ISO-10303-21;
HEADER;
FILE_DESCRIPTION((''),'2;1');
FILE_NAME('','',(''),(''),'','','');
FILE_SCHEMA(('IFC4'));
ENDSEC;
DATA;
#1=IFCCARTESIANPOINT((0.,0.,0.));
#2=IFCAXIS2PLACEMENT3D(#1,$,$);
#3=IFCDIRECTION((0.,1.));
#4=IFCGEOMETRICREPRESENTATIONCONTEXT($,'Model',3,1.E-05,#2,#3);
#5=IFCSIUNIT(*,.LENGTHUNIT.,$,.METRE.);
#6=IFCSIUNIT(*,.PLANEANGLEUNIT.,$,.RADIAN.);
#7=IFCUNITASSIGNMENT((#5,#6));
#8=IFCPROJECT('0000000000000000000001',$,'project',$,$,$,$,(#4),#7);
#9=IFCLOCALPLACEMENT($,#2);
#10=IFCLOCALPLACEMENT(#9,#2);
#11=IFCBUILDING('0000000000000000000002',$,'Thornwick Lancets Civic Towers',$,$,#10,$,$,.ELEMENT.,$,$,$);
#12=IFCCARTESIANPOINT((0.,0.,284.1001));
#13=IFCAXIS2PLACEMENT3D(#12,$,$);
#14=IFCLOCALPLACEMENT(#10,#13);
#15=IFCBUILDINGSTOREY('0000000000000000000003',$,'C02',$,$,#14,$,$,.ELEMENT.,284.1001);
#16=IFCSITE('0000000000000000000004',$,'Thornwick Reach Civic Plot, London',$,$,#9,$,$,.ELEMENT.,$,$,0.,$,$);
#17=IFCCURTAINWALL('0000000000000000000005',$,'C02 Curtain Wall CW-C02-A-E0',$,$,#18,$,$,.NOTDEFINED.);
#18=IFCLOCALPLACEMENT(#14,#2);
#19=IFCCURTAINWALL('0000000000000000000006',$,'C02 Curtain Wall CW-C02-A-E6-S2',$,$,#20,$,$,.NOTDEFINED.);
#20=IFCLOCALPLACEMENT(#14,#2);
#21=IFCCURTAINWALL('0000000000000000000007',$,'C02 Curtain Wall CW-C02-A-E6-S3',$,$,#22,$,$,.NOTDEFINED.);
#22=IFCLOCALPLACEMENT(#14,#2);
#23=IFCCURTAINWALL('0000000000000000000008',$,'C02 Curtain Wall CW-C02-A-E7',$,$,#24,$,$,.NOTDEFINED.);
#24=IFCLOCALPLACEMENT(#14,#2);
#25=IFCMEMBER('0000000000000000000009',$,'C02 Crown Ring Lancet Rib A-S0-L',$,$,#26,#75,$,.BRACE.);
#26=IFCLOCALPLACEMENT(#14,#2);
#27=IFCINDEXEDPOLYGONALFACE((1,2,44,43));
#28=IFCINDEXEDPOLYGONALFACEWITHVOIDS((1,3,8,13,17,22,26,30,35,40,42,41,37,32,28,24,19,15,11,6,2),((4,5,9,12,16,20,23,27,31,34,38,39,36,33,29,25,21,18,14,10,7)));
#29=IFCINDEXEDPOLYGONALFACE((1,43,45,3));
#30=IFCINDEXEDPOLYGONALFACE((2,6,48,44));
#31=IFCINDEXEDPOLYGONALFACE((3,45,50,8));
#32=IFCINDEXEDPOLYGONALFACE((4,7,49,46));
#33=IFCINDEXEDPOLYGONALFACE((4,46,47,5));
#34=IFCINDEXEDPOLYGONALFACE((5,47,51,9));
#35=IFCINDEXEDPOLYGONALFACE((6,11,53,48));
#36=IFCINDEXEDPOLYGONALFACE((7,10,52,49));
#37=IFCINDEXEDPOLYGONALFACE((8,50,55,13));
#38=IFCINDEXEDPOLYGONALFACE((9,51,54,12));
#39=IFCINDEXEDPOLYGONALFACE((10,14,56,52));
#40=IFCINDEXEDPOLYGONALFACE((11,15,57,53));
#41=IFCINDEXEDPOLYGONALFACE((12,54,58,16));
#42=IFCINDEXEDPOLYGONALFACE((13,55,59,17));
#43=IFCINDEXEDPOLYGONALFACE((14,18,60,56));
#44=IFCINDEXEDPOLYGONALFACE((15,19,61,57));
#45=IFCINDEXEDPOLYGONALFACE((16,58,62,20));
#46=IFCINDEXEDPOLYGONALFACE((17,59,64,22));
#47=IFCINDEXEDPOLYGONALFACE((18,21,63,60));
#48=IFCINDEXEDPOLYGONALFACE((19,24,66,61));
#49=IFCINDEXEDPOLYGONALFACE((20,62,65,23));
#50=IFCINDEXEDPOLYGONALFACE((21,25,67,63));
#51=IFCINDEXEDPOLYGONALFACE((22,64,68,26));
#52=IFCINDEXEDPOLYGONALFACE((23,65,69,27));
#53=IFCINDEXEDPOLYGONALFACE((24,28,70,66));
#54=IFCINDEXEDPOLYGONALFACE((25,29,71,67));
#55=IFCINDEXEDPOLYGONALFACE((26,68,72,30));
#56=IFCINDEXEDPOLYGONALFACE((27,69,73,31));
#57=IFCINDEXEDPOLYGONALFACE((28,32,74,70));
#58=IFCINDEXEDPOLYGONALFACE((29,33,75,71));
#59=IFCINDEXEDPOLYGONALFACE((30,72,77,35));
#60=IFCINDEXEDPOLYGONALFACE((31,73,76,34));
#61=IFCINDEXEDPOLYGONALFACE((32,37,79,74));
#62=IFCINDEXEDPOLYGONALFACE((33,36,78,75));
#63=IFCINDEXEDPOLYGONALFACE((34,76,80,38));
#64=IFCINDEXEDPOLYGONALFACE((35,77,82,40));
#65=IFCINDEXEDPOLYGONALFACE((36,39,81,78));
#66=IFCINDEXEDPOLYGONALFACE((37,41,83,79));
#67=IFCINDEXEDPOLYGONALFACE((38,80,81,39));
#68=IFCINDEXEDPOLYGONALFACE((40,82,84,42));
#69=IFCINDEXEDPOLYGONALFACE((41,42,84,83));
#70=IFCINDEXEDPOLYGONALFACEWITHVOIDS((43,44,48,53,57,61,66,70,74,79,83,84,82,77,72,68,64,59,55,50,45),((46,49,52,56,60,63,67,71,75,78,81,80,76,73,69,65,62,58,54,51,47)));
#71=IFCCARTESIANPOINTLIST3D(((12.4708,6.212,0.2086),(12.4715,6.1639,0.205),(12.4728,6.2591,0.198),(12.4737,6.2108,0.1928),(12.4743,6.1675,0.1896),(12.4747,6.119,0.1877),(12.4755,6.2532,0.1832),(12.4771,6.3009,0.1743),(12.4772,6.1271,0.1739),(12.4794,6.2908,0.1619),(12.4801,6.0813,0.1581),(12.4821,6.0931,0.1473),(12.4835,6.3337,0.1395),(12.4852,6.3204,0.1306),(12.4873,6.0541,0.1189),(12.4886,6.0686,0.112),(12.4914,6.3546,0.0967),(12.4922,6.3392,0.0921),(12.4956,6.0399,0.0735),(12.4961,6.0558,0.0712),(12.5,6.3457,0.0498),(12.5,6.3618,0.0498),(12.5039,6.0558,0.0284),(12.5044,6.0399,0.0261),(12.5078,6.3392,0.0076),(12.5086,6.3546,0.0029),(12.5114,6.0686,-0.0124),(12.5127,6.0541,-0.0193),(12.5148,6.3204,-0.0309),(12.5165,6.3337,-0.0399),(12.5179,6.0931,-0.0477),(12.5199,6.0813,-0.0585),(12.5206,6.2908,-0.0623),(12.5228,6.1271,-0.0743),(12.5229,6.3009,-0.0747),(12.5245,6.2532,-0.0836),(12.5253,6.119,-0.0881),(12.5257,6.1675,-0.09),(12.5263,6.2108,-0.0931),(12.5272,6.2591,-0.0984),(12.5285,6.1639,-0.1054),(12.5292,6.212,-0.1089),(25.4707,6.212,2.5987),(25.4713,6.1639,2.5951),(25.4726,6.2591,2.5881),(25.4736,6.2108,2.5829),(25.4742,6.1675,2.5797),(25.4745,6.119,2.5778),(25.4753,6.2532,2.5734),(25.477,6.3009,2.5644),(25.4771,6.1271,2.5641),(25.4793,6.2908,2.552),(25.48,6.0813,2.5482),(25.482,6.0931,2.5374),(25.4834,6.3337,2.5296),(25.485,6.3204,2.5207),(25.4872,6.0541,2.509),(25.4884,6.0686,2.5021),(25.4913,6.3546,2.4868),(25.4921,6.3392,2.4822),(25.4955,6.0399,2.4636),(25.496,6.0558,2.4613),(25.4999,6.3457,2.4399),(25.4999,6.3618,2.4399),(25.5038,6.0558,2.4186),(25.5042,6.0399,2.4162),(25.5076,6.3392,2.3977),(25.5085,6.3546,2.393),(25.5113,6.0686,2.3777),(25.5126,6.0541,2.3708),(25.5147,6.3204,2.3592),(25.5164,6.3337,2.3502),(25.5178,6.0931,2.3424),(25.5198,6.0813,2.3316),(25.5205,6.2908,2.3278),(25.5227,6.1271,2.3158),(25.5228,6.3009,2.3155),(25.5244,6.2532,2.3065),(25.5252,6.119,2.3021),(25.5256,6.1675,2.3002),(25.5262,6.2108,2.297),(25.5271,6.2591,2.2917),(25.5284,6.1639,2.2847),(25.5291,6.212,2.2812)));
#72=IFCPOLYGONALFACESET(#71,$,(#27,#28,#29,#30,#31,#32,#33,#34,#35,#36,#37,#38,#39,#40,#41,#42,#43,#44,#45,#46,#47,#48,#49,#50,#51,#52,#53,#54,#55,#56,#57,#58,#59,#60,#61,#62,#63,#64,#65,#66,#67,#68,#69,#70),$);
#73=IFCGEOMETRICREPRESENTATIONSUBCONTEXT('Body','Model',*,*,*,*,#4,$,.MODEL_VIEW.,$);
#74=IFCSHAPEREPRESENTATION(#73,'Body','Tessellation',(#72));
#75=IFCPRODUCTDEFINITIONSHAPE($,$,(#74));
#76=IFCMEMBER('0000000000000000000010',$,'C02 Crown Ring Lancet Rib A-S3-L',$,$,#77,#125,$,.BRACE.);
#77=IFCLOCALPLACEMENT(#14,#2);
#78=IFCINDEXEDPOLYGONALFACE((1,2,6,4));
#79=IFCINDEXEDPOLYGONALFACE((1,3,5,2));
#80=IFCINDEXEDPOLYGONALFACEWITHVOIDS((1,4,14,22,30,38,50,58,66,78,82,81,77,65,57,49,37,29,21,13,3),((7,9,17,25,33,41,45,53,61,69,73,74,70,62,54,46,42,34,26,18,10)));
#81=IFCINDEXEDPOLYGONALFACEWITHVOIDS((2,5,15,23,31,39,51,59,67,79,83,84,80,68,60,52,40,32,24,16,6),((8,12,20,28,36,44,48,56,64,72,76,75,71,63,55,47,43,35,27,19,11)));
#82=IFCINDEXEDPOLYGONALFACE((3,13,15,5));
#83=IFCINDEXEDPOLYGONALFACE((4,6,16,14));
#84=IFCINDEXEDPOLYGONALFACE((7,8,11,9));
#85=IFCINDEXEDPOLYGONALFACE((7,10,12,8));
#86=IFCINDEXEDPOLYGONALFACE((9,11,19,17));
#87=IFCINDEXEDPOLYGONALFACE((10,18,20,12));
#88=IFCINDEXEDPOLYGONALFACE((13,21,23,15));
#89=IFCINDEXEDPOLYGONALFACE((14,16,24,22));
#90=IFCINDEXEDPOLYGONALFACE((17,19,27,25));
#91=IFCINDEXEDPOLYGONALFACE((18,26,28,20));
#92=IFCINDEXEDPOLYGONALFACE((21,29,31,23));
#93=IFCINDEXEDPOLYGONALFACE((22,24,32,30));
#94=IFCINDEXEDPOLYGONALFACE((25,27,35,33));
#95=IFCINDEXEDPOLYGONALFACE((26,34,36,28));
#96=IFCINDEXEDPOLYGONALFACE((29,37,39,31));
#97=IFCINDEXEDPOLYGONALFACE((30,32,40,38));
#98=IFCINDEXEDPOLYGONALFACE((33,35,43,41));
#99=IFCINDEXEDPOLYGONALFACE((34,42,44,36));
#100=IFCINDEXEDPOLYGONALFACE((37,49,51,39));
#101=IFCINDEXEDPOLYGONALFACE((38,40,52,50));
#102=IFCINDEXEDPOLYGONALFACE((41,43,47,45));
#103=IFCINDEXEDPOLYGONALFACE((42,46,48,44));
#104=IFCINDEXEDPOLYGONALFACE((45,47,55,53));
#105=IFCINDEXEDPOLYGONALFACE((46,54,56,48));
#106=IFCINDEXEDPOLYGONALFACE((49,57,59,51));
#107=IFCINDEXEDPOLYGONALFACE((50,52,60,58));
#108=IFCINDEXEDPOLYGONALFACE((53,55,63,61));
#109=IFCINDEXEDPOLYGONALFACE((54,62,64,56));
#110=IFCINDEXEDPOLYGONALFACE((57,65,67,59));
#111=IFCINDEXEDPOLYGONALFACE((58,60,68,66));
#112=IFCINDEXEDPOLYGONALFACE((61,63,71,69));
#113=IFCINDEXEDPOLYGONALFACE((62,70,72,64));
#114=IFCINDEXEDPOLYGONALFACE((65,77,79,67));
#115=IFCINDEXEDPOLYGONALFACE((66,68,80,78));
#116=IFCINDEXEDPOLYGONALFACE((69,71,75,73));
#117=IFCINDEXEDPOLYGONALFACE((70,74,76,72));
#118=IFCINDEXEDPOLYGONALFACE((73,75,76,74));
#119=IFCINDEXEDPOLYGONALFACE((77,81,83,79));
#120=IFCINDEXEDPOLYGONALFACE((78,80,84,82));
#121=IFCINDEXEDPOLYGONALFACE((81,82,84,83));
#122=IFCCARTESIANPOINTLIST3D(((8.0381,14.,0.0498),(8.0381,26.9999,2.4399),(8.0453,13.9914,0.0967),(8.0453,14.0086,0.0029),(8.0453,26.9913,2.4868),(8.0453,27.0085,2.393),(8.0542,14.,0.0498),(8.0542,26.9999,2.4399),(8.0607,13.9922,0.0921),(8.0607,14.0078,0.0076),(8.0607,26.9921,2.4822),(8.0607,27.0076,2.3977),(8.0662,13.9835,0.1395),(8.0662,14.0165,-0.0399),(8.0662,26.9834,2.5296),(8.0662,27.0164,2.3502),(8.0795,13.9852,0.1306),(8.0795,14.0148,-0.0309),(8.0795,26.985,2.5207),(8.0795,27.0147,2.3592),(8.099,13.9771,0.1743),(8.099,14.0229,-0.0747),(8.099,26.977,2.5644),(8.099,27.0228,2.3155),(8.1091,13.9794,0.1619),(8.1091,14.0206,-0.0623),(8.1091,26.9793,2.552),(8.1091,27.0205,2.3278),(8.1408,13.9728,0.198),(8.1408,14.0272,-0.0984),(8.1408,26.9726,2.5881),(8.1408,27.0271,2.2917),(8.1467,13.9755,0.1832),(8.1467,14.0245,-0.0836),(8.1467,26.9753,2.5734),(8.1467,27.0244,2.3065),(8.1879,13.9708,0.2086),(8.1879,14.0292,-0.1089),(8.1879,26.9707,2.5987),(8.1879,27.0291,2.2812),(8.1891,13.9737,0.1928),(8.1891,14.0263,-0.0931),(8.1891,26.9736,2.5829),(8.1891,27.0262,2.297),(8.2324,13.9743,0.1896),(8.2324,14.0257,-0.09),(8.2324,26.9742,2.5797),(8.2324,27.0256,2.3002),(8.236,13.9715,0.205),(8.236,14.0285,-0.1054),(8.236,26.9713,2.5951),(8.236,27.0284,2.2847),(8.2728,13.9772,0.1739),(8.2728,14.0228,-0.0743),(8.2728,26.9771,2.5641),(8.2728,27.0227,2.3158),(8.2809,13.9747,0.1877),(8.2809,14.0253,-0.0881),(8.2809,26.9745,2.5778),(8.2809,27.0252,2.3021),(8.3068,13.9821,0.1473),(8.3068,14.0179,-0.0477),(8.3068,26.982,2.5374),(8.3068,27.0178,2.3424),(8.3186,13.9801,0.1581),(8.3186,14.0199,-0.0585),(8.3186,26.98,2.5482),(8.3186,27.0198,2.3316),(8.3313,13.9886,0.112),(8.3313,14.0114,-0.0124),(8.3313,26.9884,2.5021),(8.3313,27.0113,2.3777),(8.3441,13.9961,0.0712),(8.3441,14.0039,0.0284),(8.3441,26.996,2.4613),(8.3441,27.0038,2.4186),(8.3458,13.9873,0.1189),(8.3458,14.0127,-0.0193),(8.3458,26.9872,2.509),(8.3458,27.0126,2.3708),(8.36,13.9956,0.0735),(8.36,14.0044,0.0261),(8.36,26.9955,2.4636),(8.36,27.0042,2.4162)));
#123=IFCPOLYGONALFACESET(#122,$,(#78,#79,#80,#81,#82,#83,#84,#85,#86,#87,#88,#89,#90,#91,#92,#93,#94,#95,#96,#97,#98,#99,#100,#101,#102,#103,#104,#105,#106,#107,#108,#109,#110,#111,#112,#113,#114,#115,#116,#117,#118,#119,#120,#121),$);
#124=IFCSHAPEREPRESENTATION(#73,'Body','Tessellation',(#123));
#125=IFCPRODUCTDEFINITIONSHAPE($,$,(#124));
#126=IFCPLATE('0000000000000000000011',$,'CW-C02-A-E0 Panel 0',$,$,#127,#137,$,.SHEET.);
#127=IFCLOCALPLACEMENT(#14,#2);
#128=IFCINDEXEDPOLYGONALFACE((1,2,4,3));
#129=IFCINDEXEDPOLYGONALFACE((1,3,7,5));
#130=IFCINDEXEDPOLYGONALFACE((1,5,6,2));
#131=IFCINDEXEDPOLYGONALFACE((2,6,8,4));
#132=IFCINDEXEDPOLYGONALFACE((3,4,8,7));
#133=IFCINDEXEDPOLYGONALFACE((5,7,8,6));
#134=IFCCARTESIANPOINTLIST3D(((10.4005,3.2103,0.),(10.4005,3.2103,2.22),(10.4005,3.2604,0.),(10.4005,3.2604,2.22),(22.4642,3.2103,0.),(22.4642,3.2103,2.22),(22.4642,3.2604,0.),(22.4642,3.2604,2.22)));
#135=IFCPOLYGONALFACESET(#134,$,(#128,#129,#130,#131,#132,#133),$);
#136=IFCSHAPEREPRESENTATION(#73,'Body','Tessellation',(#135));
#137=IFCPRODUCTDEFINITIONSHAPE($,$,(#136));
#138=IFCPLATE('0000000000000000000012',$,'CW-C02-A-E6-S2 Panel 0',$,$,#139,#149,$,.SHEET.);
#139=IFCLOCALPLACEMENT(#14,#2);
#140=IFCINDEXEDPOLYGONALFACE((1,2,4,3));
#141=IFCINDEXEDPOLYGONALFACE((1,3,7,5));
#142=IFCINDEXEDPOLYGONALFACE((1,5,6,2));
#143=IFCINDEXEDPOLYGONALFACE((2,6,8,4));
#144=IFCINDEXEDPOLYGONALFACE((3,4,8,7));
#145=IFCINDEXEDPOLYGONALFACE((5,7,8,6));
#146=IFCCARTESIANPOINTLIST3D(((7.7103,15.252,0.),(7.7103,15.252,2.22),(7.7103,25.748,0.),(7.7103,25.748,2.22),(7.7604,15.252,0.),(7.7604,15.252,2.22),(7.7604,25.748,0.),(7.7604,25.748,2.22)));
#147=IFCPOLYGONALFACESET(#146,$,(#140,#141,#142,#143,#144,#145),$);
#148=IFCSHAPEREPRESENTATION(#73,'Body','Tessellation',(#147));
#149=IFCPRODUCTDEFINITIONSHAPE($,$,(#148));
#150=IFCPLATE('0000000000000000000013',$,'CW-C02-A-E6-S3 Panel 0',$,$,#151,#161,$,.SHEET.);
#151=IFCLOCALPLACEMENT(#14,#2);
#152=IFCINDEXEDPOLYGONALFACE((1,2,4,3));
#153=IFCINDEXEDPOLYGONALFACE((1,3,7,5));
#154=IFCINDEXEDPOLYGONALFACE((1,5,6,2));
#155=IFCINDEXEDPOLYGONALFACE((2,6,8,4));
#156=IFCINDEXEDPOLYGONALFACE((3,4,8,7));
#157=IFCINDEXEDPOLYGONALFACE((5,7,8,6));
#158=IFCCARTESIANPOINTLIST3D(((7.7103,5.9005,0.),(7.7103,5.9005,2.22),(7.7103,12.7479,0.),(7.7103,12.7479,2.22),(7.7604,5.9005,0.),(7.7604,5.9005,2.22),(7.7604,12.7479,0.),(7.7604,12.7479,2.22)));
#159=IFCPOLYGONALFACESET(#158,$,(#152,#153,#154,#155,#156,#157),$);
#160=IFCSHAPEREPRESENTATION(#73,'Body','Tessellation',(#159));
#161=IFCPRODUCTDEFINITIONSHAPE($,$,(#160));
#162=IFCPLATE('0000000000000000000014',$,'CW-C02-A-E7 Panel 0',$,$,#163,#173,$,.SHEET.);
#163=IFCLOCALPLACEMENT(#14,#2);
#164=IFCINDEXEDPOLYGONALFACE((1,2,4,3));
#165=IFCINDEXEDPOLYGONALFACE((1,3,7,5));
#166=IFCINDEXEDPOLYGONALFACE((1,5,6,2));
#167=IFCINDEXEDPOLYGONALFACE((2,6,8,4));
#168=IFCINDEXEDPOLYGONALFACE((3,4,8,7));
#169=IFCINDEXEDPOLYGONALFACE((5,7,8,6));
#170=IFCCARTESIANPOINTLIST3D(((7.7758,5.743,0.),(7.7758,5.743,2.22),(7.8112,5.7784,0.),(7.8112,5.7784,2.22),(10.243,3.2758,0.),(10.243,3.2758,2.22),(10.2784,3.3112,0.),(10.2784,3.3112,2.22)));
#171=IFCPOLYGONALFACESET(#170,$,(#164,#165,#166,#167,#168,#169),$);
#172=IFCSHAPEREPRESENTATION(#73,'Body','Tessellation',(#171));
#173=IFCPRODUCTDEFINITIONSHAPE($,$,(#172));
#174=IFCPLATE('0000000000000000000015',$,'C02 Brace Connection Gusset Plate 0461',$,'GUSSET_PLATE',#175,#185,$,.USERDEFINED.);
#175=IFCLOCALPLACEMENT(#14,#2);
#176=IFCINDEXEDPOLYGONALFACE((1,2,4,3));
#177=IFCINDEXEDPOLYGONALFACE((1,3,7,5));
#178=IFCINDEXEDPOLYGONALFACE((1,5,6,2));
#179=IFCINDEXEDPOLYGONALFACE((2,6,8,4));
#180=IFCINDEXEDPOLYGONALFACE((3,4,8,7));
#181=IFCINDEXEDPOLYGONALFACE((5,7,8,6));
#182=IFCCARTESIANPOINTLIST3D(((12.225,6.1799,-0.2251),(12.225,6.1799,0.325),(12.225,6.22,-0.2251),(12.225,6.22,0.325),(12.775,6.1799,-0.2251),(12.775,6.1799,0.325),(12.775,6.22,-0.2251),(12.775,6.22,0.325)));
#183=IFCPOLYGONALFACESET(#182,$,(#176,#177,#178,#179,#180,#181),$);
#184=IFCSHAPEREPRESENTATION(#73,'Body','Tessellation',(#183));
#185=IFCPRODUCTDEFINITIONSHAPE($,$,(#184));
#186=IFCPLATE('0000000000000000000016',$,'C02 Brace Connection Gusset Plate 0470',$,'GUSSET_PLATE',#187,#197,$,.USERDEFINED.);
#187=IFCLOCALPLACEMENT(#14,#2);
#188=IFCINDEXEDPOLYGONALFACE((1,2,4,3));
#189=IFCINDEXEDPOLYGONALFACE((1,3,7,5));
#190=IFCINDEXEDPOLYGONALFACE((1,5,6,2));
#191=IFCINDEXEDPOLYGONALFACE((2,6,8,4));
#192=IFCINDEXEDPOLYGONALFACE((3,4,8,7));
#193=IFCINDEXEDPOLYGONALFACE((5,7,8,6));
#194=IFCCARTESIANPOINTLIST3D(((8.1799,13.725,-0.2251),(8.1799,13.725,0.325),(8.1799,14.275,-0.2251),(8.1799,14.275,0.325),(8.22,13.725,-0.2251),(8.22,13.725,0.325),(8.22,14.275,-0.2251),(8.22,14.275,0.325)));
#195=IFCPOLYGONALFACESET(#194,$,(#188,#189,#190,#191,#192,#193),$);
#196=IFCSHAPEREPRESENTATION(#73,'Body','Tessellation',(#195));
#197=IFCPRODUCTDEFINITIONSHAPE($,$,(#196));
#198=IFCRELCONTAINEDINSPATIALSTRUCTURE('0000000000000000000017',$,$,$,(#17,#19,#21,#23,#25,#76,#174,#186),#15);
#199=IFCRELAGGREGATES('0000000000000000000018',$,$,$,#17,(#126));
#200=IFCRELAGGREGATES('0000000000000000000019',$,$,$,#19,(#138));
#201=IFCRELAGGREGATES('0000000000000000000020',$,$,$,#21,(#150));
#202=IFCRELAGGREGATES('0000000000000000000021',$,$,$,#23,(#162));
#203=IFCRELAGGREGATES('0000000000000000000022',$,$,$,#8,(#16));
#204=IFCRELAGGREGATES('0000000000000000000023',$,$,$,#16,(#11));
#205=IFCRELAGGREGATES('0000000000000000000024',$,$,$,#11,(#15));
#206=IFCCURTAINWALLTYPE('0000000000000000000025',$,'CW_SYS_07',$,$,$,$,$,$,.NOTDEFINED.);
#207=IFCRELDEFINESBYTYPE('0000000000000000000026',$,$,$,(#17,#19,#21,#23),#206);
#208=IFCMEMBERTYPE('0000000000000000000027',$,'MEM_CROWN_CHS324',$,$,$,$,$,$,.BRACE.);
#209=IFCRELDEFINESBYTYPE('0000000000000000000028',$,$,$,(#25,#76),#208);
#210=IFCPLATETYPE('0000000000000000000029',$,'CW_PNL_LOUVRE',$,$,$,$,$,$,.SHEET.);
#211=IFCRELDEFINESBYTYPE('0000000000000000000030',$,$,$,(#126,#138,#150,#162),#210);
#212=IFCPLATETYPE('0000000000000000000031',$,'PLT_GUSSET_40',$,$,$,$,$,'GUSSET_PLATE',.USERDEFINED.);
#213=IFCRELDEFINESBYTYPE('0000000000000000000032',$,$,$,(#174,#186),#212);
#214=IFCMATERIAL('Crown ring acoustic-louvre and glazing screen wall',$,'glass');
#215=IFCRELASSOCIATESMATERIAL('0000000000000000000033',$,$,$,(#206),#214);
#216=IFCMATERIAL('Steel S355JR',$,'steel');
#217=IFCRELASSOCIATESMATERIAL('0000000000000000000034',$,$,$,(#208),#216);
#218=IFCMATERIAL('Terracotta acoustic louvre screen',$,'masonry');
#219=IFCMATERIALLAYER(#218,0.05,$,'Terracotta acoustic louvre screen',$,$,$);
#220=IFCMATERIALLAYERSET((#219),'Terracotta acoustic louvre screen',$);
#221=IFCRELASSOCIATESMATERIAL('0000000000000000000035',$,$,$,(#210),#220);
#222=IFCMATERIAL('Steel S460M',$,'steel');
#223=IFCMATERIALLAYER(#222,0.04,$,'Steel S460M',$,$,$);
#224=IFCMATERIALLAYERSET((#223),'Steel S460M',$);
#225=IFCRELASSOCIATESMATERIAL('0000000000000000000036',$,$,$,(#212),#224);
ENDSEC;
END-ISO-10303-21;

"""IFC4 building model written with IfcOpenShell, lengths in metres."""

from ifc_helpers import new_model, si_unit, direction, frame, origin, origin_2d, place, context, subcontext, project, spatial, rectangle, hollow_circle, extrude, material, layer, layer_set, material_profile, profile_set, type_object, element, aggregate, save


model = new_model("IFC4")

# Units and contexts
model_context = context("Model", 3, precision=1e-05, world=origin(), true_north=direction((0.0, 1.0)))
body_context = subcontext(model_context, "Body", "Model", "MODEL_VIEW")
ifc_project = project(units=[si_unit("LENGTHUNIT", "METRE"), si_unit("PLANEANGLEUNIT", "RADIAN")], contexts=[model_context])

# Site, building, storey
site_placement = place(None, origin())
site = spatial("IfcSite", under=ifc_project, at=site_placement, Name="Thornwick Reach Civic Plot, London", CompositionType="ELEMENT", RefElevation=0.0)
building_placement = place(site_placement, origin())
building = spatial("IfcBuilding", under=site, at=building_placement, Name="Thornwick Lancets Civic Towers", CompositionType="ELEMENT")
storey_placement = place(building_placement, frame((0.0, 0.0, 284.1001)))
storey = spatial("IfcBuildingStorey", under=building, at=storey_placement, Name="C02", CompositionType="ELEMENT", Elevation=284.1001)

# Shared definitions
ifc_material_1 = material(Name="Steel S355JR", Category="steel")

# Curtain wall
ifc_material_2 = material(Name="Crown ring acoustic-louvre and glazing screen wall", Category="glass")
curtain_wall_type = type_object("IfcCurtainWallType", Name="CW_SYS_07", PredefinedType="NOTDEFINED", material=ifc_material_2)
curtain_wall_1_placement = place(storey_placement, origin())
curtain_wall_1 = element("IfcCurtainWall", 1, at=curtain_wall_1_placement, inside=storey, type_object=curtain_wall_type, Name="C02 Curtain Wall CW-C02-A-E0", PredefinedType="NOTDEFINED")

# Curtain wall
curtain_wall_2_placement = place(storey_placement, origin())
curtain_wall_2 = element("IfcCurtainWall", 2, at=curtain_wall_2_placement, inside=storey, type_object=curtain_wall_type, Name="C02 Curtain Wall CW-C02-A-E6-S2", PredefinedType="NOTDEFINED")

# Curtain walls
curtain_wall_3_placement = place(storey_placement, origin())
curtain_wall_3 = element("IfcCurtainWall", 3, at=curtain_wall_3_placement, inside=storey, type_object=curtain_wall_type, Name="C02 Curtain Wall CW-C02-A-E6-S3", PredefinedType="NOTDEFINED")
curtain_wall_4_placement = place(storey_placement, origin())
curtain_wall_4 = element("IfcCurtainWall", 4, at=curtain_wall_4_placement, inside=storey, type_object=curtain_wall_type, Name="C02 Curtain Wall CW-C02-A-E7", PredefinedType="NOTDEFINED")

# Members
ifc_material_profile_1 = material_profile(ifc_material_1, hollow_circle(Radius=0.1619, WallThickness=0.0161, at=origin_2d()), Name="CHS 323.9x16")
ifc_profile_set_1 = profile_set([ifc_material_profile_1], Name="Steel S355JR")
member_type_1 = type_object("IfcMemberType", Name="MEM_CROWN_CHS324", PredefinedType="BRACE", material=ifc_profile_set_1)
for number, where, z_axis, x_axis, name in (
    (5, (12.5, 6.2, 0.0498), (0.983515, 0.0, 0.180826), (0.0, 1.0, 0.0), "C02 Crown Ring Lancet Rib A-S0-L"),
    (6, (8.2, 14.0, 0.0498), (0.0, 0.983515, 0.180826), (-1.0, 0.0, 0.0), "C02 Crown Ring Lancet Rib A-S3-L"),
):
    element("IfcMember", number, at=place(storey_placement, frame(where, z_axis=z_axis, x_axis=x_axis)), inside=storey, type_object=member_type_1, Name=name, PredefinedType="BRACE", context=body_context, shape_type="SweptSolid", body=[
        extrude(hollow_circle(Radius=0.1619, WallThickness=0.0161, at=origin_2d()), origin(), (0.0, 0.0, 1.0), 13.2178),
    ])

# Plates
ifc_material_3 = material(Name="Terracotta acoustic louvre screen", Category="masonry")
ifc_layer_1 = layer(ifc_material_3, 0.05, Name="Terracotta acoustic louvre screen")
ifc_layer_set_1 = layer_set([ifc_layer_1], Name="Terracotta acoustic louvre screen")
plate_type_1 = type_object("IfcPlateType", Name="CW_PNL_LOUVRE", PredefinedType="SHEET", material=ifc_layer_set_1)
plate_1_placement = place(storey_placement, frame((16.4324, 3.2354, 0.0), z_axis=(0.0, 0.0, 1.0), x_axis=(1.0, 0.0, 0.0)))
plate_1 = element("IfcPlate", 7, at=plate_1_placement, type_object=plate_type_1, Name="CW-C02-A-E0 Panel 0", PredefinedType="SHEET", context=body_context, shape_type="SweptSolid", body=[
    extrude(rectangle(XDim=12.0637, YDim=0.05, at=origin_2d()), origin(), (0.0, 0.0, 1.0), 2.22),
])
aggregate(curtain_wall_1, [plate_1])
plate_2_placement = place(storey_placement, frame((7.7354, 20.5, 0.0), z_axis=(0.0, 0.0, 1.0), x_axis=(0.0, -1.0, 0.0)))
plate_2 = element("IfcPlate", 8, at=plate_2_placement, type_object=plate_type_1, Name="CW-C02-A-E6-S2 Panel 0", PredefinedType="SHEET", context=body_context, shape_type="SweptSolid", body=[
    extrude(rectangle(XDim=10.4961, YDim=0.05, at=origin_2d()), origin(), (0.0, 0.0, 1.0), 2.22),
])
aggregate(curtain_wall_2, [plate_2])
plate_3_placement = place(storey_placement, frame((7.7354, 9.3242, 0.0), z_axis=(0.0, 0.0, 1.0), x_axis=(0.0, -1.0, 0.0)))
plate_3 = element("IfcPlate", 9, at=plate_3_placement, type_object=plate_type_1, Name="CW-C02-A-E6-S3 Panel 0", PredefinedType="SHEET", context=body_context, shape_type="SweptSolid", body=[
    extrude(rectangle(XDim=6.8474, YDim=0.05, at=origin_2d()), origin(), (0.0, 0.0, 1.0), 2.22),
])
aggregate(curtain_wall_3, [plate_3])
plate_4_placement = place(storey_placement, frame((9.0271, 4.5271, 0.0), z_axis=(0.0, 0.0, 1.0), x_axis=(0.707107, -0.707107, 0.0)))
plate_4 = element("IfcPlate", 10, at=plate_4_placement, type_object=plate_type_1, Name="CW-C02-A-E7 Panel 0", PredefinedType="SHEET", context=body_context, shape_type="SweptSolid", body=[
    extrude(rectangle(XDim=3.4893, YDim=0.05, at=origin_2d()), origin(), (0.0, 0.0, 1.0), 2.22),
])
aggregate(curtain_wall_4, [plate_4])

# Plates
ifc_material_4 = material(Name="Steel S460M", Category="steel")
ifc_layer_2 = layer(ifc_material_4, 0.04, Name="Steel S460M")
ifc_layer_set_2 = layer_set([ifc_layer_2], Name="Steel S460M")
plate_type_2 = type_object("IfcPlateType", Name="PLT_GUSSET_40", ElementType="GUSSET_PLATE", PredefinedType="USERDEFINED", material=ifc_layer_set_2)
for number, where, z_axis, x_axis, name in (
    (11, (12.5, 6.2, -0.2251), (0.0, 0.0, 1.0), (1.0, 0.0, 0.0), "C02 Brace Connection Gusset Plate 0461"),
    (12, (8.2, 14.0, -0.2251), (0.0, 0.0, 1.0), (0.0, 1.0, 0.0), "C02 Brace Connection Gusset Plate 0470"),
):
    element("IfcPlate", number, at=place(storey_placement, frame(where, z_axis=z_axis, x_axis=x_axis)), inside=storey, type_object=plate_type_2, Name=name, ObjectType="GUSSET_PLATE", PredefinedType="USERDEFINED", context=body_context, shape_type="SweptSolid", body=[
        extrude(rectangle(XDim=0.55, YDim=0.04, at=origin_2d()), origin(), (0.0, 0.0, 1.0), 0.55),
    ])

save(model, "model.ifc")
